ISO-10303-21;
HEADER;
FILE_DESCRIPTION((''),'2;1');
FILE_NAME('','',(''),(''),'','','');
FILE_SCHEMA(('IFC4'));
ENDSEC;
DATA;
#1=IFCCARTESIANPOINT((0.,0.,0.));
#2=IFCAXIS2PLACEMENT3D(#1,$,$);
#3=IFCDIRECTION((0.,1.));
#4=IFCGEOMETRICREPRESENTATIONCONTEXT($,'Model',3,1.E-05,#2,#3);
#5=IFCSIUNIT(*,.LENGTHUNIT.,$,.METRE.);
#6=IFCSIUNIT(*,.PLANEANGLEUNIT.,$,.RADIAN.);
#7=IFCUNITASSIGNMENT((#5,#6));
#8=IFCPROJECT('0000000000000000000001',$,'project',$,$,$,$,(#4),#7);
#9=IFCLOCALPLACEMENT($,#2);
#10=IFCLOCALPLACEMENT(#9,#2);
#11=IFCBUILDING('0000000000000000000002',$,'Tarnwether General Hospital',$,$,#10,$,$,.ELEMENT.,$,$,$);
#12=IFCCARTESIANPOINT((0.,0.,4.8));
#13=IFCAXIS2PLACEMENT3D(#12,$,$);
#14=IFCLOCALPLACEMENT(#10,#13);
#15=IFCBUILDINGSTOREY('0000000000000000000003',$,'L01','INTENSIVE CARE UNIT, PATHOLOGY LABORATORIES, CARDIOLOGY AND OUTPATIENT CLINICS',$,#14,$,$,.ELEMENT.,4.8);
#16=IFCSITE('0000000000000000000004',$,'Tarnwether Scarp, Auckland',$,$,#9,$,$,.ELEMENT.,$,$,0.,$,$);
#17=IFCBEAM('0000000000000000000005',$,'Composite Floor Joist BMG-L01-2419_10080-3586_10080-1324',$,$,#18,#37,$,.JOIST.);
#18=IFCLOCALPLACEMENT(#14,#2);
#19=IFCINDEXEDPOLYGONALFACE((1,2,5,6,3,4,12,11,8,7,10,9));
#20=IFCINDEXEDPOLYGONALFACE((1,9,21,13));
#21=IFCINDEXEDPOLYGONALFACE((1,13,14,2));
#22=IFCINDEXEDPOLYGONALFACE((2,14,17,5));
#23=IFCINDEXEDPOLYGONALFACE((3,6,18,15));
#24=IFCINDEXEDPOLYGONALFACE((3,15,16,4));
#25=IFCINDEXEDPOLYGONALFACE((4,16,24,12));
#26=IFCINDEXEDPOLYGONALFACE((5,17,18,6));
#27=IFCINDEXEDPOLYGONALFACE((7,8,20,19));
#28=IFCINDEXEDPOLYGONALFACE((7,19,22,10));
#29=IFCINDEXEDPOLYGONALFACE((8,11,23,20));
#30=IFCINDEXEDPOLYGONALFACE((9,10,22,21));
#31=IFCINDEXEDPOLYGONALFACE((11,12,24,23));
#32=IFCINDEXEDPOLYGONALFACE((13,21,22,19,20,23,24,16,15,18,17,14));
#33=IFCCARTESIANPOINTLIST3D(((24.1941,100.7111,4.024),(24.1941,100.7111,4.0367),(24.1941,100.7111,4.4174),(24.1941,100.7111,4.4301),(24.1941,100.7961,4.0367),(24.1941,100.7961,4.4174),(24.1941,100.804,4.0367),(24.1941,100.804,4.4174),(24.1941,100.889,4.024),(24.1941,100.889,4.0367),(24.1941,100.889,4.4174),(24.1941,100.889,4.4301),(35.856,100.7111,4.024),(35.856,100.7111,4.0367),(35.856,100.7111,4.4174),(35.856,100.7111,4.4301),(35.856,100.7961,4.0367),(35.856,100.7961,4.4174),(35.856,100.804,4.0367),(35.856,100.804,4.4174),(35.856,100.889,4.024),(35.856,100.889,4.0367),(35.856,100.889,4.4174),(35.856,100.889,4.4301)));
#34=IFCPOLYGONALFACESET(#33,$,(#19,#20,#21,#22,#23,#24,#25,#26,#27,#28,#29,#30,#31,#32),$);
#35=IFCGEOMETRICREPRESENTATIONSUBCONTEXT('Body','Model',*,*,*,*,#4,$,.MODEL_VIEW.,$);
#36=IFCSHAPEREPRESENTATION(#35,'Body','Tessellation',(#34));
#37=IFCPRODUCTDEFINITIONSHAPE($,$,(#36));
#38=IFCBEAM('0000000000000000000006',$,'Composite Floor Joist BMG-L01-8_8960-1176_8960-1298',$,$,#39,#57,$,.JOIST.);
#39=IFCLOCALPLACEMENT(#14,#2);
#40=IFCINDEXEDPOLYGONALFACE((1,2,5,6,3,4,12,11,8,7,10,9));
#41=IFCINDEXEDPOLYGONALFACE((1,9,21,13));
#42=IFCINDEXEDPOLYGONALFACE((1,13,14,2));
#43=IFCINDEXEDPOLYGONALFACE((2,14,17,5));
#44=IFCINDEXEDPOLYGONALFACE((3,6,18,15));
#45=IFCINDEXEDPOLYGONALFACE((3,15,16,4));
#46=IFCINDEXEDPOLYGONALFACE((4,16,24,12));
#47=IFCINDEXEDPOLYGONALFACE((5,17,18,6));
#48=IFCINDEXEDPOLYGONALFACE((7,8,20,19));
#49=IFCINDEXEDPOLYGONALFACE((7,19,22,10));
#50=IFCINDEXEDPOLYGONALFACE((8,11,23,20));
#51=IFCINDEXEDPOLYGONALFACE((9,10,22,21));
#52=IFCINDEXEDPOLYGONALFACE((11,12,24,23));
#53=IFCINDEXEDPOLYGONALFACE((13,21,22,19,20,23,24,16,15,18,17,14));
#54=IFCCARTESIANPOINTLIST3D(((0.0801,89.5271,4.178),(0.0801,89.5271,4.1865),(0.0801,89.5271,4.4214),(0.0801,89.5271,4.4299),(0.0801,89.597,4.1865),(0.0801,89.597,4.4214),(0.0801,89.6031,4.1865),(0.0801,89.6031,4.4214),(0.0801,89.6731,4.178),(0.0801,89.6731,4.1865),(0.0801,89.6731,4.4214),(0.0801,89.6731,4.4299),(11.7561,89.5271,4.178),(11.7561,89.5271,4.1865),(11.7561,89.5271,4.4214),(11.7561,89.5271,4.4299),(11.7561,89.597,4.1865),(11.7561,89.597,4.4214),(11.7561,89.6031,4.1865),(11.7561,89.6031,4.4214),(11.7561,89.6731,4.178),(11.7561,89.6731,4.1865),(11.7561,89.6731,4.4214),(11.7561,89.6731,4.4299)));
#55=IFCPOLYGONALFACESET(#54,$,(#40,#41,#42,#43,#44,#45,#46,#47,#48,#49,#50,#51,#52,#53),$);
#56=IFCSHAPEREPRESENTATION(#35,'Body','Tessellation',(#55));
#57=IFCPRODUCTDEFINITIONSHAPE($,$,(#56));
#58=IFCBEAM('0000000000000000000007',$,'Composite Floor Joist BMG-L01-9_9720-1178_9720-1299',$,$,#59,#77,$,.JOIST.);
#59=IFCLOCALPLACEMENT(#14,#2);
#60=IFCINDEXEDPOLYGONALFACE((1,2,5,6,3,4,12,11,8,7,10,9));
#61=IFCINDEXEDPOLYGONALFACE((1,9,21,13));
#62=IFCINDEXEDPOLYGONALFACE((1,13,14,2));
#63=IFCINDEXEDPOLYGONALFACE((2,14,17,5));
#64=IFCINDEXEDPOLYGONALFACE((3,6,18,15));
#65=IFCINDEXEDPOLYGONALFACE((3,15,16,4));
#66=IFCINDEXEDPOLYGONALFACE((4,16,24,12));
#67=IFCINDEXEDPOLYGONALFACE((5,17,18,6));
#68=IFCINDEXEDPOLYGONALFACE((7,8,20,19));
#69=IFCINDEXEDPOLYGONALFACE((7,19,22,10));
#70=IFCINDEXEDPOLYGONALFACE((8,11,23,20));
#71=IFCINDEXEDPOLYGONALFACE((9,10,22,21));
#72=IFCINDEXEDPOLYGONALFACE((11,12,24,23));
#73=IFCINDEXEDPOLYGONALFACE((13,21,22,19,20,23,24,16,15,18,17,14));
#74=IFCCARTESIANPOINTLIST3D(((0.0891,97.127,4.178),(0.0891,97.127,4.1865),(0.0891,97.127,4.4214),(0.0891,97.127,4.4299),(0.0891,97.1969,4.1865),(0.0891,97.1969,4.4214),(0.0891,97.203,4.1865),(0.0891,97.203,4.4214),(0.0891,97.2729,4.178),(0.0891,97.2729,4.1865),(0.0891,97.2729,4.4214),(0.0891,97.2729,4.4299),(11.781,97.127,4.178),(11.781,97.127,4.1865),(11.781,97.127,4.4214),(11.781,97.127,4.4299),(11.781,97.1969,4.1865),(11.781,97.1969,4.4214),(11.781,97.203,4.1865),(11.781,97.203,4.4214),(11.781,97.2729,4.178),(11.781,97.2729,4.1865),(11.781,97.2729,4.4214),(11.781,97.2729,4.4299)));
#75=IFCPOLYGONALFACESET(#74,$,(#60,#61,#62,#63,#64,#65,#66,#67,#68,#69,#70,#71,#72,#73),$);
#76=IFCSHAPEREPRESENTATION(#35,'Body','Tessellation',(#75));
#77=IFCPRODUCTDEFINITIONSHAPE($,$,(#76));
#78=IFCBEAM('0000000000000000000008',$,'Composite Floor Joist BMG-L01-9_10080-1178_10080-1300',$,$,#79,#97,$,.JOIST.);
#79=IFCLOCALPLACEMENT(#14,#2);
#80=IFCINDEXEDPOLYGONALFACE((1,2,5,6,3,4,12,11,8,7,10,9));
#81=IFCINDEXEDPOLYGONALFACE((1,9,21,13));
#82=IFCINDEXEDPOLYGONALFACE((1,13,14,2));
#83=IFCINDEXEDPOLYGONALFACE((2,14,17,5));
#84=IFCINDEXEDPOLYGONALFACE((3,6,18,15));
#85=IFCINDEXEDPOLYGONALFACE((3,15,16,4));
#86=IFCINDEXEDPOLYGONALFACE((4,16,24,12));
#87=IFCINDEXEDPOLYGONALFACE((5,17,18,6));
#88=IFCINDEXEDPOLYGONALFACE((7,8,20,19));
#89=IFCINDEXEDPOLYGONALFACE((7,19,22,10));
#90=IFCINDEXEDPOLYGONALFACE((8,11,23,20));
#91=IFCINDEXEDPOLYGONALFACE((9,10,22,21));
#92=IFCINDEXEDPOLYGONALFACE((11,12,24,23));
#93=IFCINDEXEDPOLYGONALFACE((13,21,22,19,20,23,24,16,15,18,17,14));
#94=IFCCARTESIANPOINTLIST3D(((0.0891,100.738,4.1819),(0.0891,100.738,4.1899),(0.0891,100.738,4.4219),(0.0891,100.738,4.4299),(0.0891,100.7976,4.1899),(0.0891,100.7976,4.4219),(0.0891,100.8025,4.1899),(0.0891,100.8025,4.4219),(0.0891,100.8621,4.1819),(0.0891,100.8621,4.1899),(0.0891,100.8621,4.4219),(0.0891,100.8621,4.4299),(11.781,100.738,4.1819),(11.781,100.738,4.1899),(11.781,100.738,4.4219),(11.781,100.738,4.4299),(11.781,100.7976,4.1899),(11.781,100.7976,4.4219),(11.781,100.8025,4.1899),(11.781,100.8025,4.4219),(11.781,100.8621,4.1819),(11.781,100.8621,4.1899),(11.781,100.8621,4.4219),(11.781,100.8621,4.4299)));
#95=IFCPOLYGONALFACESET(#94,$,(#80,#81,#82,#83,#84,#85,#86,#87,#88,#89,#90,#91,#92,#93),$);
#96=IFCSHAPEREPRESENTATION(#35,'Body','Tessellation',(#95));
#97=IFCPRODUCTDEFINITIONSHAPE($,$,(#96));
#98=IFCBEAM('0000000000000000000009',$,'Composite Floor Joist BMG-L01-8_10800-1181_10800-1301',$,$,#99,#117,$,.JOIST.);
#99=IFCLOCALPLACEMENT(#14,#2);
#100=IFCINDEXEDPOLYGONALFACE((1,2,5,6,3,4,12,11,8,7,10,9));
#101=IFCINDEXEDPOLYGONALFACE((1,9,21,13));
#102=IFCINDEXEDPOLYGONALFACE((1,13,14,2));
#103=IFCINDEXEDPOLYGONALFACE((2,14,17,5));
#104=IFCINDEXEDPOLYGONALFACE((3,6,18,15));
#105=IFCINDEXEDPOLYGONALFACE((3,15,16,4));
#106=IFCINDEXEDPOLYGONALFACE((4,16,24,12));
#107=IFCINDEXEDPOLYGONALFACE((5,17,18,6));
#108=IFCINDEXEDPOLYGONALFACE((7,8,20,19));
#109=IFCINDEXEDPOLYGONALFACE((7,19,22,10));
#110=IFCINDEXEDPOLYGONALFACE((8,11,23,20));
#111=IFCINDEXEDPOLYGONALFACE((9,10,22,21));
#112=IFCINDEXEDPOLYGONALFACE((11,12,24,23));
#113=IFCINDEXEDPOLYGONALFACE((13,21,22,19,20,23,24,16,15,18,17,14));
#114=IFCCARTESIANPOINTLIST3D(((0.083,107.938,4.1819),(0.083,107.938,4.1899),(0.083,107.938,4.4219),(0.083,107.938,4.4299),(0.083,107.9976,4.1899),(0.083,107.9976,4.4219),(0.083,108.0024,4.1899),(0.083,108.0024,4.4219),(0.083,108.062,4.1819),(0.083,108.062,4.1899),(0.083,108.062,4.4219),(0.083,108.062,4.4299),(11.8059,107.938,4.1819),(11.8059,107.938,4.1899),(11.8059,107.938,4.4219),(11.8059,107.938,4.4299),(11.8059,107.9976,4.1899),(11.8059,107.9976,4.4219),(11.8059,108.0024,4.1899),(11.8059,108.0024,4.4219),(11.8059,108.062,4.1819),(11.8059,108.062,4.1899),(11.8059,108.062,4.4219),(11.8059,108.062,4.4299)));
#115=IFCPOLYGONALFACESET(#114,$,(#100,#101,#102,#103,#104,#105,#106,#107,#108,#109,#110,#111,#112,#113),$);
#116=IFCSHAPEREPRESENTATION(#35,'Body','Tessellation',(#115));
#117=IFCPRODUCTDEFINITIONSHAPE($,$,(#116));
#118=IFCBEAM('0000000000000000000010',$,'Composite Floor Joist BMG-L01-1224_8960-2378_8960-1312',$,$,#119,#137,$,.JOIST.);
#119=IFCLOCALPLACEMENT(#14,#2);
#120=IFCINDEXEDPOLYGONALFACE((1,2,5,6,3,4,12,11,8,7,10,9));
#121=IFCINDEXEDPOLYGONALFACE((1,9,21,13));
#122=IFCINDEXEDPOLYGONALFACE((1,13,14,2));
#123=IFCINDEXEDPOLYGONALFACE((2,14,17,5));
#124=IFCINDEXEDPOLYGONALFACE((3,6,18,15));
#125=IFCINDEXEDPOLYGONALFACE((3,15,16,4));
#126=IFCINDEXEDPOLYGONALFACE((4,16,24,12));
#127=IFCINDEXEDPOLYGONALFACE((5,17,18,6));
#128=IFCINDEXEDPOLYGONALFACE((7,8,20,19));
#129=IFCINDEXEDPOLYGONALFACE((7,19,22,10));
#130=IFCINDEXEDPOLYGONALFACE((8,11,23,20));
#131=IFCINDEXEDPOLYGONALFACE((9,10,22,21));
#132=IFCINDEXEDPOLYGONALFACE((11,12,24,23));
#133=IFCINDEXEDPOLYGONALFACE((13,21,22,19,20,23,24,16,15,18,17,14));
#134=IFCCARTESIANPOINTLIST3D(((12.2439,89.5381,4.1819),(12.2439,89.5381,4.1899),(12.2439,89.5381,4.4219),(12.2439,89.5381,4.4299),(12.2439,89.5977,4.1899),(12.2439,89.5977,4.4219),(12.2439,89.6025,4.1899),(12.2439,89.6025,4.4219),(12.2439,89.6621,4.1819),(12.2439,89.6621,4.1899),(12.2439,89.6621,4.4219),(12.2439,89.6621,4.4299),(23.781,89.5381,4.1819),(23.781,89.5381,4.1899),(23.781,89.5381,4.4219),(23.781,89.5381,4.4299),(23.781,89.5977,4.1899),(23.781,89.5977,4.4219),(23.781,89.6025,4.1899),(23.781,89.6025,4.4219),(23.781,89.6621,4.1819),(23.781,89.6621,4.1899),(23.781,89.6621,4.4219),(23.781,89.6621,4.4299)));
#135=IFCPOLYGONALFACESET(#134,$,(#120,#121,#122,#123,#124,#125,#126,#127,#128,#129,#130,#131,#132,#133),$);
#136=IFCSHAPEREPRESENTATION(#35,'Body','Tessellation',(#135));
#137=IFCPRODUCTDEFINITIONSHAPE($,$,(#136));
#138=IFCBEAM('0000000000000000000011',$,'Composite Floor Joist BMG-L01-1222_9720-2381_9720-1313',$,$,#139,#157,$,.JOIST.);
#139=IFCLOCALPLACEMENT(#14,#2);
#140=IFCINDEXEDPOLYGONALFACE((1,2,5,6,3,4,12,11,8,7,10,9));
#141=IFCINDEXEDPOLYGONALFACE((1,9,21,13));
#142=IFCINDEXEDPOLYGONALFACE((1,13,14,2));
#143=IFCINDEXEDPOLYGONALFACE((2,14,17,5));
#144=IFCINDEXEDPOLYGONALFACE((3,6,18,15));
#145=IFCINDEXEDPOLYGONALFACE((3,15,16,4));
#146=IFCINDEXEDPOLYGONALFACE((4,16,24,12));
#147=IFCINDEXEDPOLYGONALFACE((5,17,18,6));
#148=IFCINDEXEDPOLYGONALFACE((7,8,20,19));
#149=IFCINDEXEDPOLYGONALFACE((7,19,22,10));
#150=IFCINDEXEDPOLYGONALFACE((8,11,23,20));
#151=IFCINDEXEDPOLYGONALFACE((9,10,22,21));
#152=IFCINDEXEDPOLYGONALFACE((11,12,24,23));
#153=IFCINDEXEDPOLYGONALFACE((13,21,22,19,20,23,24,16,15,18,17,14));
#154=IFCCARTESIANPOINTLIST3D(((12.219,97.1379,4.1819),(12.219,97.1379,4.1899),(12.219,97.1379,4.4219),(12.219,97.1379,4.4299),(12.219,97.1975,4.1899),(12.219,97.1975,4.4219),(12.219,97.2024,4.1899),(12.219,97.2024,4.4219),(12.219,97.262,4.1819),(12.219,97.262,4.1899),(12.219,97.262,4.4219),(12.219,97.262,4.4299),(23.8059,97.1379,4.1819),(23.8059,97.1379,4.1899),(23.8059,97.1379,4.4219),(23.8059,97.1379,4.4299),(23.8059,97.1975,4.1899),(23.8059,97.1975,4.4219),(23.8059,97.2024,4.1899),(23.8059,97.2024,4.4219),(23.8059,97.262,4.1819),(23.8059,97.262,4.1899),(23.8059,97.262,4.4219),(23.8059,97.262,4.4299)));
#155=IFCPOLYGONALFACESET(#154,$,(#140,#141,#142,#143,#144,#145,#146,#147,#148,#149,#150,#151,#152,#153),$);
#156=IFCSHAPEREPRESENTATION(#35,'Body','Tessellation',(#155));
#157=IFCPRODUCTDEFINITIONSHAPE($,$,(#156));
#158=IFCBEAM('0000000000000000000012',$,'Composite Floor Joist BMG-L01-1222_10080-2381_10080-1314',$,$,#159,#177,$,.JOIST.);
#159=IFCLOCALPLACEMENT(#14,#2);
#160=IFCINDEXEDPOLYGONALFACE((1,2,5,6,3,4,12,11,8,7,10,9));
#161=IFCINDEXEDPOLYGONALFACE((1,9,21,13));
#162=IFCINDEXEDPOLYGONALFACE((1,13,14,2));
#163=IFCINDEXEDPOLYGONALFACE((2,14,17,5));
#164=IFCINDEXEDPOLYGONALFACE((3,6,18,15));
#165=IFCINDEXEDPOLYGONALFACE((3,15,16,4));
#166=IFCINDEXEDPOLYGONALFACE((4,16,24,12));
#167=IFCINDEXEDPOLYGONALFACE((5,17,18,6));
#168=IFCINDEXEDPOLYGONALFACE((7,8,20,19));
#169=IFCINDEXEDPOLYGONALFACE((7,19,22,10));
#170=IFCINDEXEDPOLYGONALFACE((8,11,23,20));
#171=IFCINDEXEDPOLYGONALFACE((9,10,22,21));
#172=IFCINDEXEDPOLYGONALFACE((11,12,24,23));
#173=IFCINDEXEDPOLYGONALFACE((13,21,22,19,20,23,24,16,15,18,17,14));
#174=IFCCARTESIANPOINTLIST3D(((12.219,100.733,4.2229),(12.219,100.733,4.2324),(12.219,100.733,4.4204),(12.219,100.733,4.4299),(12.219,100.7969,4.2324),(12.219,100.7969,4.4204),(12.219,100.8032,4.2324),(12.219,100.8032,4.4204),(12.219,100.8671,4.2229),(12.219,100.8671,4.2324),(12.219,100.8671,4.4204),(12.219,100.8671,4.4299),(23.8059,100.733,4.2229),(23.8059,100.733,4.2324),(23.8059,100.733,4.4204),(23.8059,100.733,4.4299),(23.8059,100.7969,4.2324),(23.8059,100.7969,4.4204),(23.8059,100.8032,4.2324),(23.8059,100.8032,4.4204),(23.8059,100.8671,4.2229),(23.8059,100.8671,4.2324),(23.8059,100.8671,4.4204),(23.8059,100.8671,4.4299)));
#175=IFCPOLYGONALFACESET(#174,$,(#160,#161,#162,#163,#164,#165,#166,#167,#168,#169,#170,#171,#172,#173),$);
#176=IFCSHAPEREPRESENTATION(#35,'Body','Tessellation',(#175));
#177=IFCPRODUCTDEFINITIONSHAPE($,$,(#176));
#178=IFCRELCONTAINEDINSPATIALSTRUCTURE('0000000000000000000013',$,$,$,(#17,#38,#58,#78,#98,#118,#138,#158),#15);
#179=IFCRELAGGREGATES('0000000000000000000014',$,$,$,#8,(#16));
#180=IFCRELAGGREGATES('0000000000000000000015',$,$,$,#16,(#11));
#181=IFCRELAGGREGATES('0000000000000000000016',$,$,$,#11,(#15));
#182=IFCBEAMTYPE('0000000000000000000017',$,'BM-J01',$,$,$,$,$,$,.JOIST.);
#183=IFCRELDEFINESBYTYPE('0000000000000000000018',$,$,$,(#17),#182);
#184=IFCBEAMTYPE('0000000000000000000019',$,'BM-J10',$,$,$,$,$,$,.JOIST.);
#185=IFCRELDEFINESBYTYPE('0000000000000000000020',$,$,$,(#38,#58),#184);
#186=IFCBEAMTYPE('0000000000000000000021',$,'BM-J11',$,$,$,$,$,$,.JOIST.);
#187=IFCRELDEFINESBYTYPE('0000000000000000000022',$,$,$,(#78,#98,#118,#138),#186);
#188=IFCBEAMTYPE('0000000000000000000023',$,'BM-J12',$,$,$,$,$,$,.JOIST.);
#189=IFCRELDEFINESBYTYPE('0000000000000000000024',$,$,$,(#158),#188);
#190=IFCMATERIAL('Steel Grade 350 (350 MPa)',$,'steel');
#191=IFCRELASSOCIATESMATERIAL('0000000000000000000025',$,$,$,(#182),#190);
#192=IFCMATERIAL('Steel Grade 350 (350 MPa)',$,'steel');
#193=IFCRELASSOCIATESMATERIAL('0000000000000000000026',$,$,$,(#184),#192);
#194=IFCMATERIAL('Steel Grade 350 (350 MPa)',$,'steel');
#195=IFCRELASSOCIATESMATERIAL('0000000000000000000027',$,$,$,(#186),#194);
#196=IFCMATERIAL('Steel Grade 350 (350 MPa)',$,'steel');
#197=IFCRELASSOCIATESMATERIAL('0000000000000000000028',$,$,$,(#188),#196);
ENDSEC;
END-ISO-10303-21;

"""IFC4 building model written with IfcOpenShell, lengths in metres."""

from ifc_helpers import new_model, si_unit, direction, frame, origin, origin_2d, place, context, subcontext, project, spatial, i_section, extrude, material, material_profile, profile_set, type_object, element, save


model = new_model("IFC4")

# Units and contexts
model_context = context("Model", 3, precision=1e-05, world=origin(), true_north=direction((0.0, 1.0)))
body_context = subcontext(model_context, "Body", "Model", "MODEL_VIEW")
ifc_project = project(units=[si_unit("LENGTHUNIT", "METRE"), si_unit("PLANEANGLEUNIT", "RADIAN")], contexts=[model_context])

# Site, building, storey
site_placement = place(None, origin())
site = spatial("IfcSite", under=ifc_project, at=site_placement, Name="Tarnwether Scarp, Auckland", CompositionType="ELEMENT", RefElevation=0.0)
building_placement = place(site_placement, origin())
building = spatial("IfcBuilding", under=site, at=building_placement, Name="Tarnwether General Hospital", CompositionType="ELEMENT")
storey_placement = place(building_placement, frame((0.0, 0.0, 4.8)))
storey = spatial("IfcBuildingStorey", under=building, at=storey_placement, Name="L01", Description="INTENSIVE CARE UNIT, PATHOLOGY LABORATORIES, CARDIOLOGY AND OUTPATIENT CLINICS", CompositionType="ELEMENT", Elevation=4.8)

# Beams
ifc_material_1 = material(Name="Steel Grade 350 (350 MPa)", Category="steel")
ifc_material_profile_1 = material_profile(ifc_material_1, i_section(OverallWidth=0.178, OverallDepth=0.406, WebThickness=0.0078, FlangeThickness=0.0127, at=origin_2d()), Name="410UB59.7")
ifc_profile_set_1 = profile_set([ifc_material_profile_1], Name="Steel Grade 350 (350 MPa)")
beam_type_1 = type_object("IfcBeamType", Name="BM-J01", PredefinedType="JOIST", material=ifc_profile_set_1)
beam_1_placement = place(storey_placement, frame((24.1941, 100.8, 4.2271), z_axis=(1.0, 0.0, 0.0), x_axis=(0.0, 1.0, 0.0)))
element("IfcBeam", 1, at=beam_1_placement, inside=storey, type_object=beam_type_1, Name="Composite Floor Joist BMG-L01-2419_10080-3586_10080-1324", PredefinedType="JOIST", context=body_context, shape_type="SweptSolid", body=[
    extrude(i_section(OverallWidth=0.178, OverallDepth=0.406, WebThickness=0.0078, FlangeThickness=0.0127, at=origin_2d()), origin(), (0.0, 0.0, 1.0), 11.6619),
])
ifc_material_2 = material(Name="Steel Grade 350 (350 MPa)", Category="steel")
ifc_material_profile_2 = material_profile(ifc_material_2, i_section(OverallWidth=0.146, OverallDepth=0.252, WebThickness=0.0061, FlangeThickness=0.0085, at=origin_2d()), Name="250UB31.4")
ifc_profile_set_2 = profile_set([ifc_material_profile_2], Name="Steel Grade 350 (350 MPa)")
beam_type_2 = type_object("IfcBeamType", Name="BM-J10", PredefinedType="JOIST", material=ifc_profile_set_2)
beam_2_placement = place(storey_placement, frame((0.0801, 89.6001, 4.304), z_axis=(1.0, 0.0, 0.0), x_axis=(0.0, 1.0, 0.0)))
element("IfcBeam", 2, at=beam_2_placement, inside=storey, type_object=beam_type_2, Name="Composite Floor Joist BMG-L01-8_8960-1176_8960-1298", PredefinedType="JOIST", context=body_context, shape_type="SweptSolid", body=[
    extrude(i_section(OverallWidth=0.146, OverallDepth=0.252, WebThickness=0.0061, FlangeThickness=0.0085, at=origin_2d()), origin(), (0.0, 0.0, 1.0), 11.676),
])
beam_3_placement = place(storey_placement, frame((0.0891, 97.2, 4.304), z_axis=(1.0, 0.0, 0.0), x_axis=(0.0, 1.0, 0.0)))
element("IfcBeam", 3, at=beam_3_placement, inside=storey, type_object=beam_type_2, Name="Composite Floor Joist BMG-L01-9_9720-1178_9720-1299", PredefinedType="JOIST", context=body_context, shape_type="SweptSolid", body=[
    extrude(i_section(OverallWidth=0.146, OverallDepth=0.252, WebThickness=0.0061, FlangeThickness=0.0085, at=origin_2d()), origin(), (0.0, 0.0, 1.0), 11.6919),
])
ifc_material_3 = material(Name="Steel Grade 350 (350 MPa)", Category="steel")
ifc_material_profile_3 = material_profile(ifc_material_3, i_section(OverallWidth=0.124, OverallDepth=0.248, WebThickness=0.0049, FlangeThickness=0.0081, at=origin_2d()), Name="250UB25.7")
ifc_profile_set_3 = profile_set([ifc_material_profile_3], Name="Steel Grade 350 (350 MPa)")
beam_type_3 = type_object("IfcBeamType", Name="BM-J11", PredefinedType="JOIST", material=ifc_profile_set_3)
beam_4_placement = place(storey_placement, frame((0.0891, 100.8, 4.3059), z_axis=(1.0, 0.0, 0.0), x_axis=(0.0, 1.0, 0.0)))
element("IfcBeam", 4, at=beam_4_placement, inside=storey, type_object=beam_type_3, Name="Composite Floor Joist BMG-L01-9_10080-1178_10080-1300", PredefinedType="JOIST", context=body_context, shape_type="SweptSolid", body=[
    extrude(i_section(OverallWidth=0.124, OverallDepth=0.248, WebThickness=0.0049, FlangeThickness=0.0081, at=origin_2d()), origin(), (0.0, 0.0, 1.0), 11.6919),
])
beam_5_placement = place(storey_placement, frame((0.083, 108.0, 4.3059), z_axis=(1.0, 0.0, 0.0), x_axis=(0.0, 1.0, 0.0)))
element("IfcBeam", 5, at=beam_5_placement, inside=storey, type_object=beam_type_3, Name="Composite Floor Joist BMG-L01-8_10800-1181_10800-1301", PredefinedType="JOIST", context=body_context, shape_type="SweptSolid", body=[
    extrude(i_section(OverallWidth=0.124, OverallDepth=0.248, WebThickness=0.0049, FlangeThickness=0.0081, at=origin_2d()), origin(), (0.0, 0.0, 1.0), 11.7229),
])
beam_6_placement = place(storey_placement, frame((12.2439, 89.6001, 4.3059), z_axis=(1.0, 0.0, 0.0), x_axis=(0.0, 1.0, 0.0)))
element("IfcBeam", 6, at=beam_6_placement, inside=storey, type_object=beam_type_3, Name="Composite Floor Joist BMG-L01-1224_8960-2378_8960-1312", PredefinedType="JOIST", context=body_context, shape_type="SweptSolid", body=[
    extrude(i_section(OverallWidth=0.124, OverallDepth=0.248, WebThickness=0.0049, FlangeThickness=0.0081, at=origin_2d()), origin(), (0.0, 0.0, 1.0), 11.5371),
])
beam_7_placement = place(storey_placement, frame((12.219, 97.2, 4.3059), z_axis=(1.0, 0.0, 0.0), x_axis=(0.0, 1.0, 0.0)))
element("IfcBeam", 7, at=beam_7_placement, inside=storey, type_object=beam_type_3, Name="Composite Floor Joist BMG-L01-1222_9720-2381_9720-1313", PredefinedType="JOIST", context=body_context, shape_type="SweptSolid", body=[
    extrude(i_section(OverallWidth=0.124, OverallDepth=0.248, WebThickness=0.0049, FlangeThickness=0.0081, at=origin_2d()), origin(), (0.0, 0.0, 1.0), 11.5869),
])
ifc_material_4 = material(Name="Steel Grade 350 (350 MPa)", Category="steel")
ifc_material_profile_4 = material_profile(ifc_material_4, i_section(OverallWidth=0.134, OverallDepth=0.207, WebThickness=0.0063, FlangeThickness=0.0095, at=origin_2d()), Name="200UB29.8")
ifc_profile_set_4 = profile_set([ifc_material_profile_4], Name="Steel Grade 350 (350 MPa)")
beam_type_4 = type_object("IfcBeamType", Name="BM-J12", PredefinedType="JOIST", material=ifc_profile_set_4)
beam_8_placement = place(storey_placement, frame((12.219, 100.8, 4.3264), z_axis=(1.0, 0.0, 0.0), x_axis=(0.0, 1.0, 0.0)))
element("IfcBeam", 8, at=beam_8_placement, inside=storey, type_object=beam_type_4, Name="Composite Floor Joist BMG-L01-1222_10080-2381_10080-1314", PredefinedType="JOIST", context=body_context, shape_type="SweptSolid", body=[
    extrude(i_section(OverallWidth=0.134, OverallDepth=0.207, WebThickness=0.0063, FlangeThickness=0.0095, at=origin_2d()), origin(), (0.0, 0.0, 1.0), 11.5869),
])

save(model, "model.ifc")
